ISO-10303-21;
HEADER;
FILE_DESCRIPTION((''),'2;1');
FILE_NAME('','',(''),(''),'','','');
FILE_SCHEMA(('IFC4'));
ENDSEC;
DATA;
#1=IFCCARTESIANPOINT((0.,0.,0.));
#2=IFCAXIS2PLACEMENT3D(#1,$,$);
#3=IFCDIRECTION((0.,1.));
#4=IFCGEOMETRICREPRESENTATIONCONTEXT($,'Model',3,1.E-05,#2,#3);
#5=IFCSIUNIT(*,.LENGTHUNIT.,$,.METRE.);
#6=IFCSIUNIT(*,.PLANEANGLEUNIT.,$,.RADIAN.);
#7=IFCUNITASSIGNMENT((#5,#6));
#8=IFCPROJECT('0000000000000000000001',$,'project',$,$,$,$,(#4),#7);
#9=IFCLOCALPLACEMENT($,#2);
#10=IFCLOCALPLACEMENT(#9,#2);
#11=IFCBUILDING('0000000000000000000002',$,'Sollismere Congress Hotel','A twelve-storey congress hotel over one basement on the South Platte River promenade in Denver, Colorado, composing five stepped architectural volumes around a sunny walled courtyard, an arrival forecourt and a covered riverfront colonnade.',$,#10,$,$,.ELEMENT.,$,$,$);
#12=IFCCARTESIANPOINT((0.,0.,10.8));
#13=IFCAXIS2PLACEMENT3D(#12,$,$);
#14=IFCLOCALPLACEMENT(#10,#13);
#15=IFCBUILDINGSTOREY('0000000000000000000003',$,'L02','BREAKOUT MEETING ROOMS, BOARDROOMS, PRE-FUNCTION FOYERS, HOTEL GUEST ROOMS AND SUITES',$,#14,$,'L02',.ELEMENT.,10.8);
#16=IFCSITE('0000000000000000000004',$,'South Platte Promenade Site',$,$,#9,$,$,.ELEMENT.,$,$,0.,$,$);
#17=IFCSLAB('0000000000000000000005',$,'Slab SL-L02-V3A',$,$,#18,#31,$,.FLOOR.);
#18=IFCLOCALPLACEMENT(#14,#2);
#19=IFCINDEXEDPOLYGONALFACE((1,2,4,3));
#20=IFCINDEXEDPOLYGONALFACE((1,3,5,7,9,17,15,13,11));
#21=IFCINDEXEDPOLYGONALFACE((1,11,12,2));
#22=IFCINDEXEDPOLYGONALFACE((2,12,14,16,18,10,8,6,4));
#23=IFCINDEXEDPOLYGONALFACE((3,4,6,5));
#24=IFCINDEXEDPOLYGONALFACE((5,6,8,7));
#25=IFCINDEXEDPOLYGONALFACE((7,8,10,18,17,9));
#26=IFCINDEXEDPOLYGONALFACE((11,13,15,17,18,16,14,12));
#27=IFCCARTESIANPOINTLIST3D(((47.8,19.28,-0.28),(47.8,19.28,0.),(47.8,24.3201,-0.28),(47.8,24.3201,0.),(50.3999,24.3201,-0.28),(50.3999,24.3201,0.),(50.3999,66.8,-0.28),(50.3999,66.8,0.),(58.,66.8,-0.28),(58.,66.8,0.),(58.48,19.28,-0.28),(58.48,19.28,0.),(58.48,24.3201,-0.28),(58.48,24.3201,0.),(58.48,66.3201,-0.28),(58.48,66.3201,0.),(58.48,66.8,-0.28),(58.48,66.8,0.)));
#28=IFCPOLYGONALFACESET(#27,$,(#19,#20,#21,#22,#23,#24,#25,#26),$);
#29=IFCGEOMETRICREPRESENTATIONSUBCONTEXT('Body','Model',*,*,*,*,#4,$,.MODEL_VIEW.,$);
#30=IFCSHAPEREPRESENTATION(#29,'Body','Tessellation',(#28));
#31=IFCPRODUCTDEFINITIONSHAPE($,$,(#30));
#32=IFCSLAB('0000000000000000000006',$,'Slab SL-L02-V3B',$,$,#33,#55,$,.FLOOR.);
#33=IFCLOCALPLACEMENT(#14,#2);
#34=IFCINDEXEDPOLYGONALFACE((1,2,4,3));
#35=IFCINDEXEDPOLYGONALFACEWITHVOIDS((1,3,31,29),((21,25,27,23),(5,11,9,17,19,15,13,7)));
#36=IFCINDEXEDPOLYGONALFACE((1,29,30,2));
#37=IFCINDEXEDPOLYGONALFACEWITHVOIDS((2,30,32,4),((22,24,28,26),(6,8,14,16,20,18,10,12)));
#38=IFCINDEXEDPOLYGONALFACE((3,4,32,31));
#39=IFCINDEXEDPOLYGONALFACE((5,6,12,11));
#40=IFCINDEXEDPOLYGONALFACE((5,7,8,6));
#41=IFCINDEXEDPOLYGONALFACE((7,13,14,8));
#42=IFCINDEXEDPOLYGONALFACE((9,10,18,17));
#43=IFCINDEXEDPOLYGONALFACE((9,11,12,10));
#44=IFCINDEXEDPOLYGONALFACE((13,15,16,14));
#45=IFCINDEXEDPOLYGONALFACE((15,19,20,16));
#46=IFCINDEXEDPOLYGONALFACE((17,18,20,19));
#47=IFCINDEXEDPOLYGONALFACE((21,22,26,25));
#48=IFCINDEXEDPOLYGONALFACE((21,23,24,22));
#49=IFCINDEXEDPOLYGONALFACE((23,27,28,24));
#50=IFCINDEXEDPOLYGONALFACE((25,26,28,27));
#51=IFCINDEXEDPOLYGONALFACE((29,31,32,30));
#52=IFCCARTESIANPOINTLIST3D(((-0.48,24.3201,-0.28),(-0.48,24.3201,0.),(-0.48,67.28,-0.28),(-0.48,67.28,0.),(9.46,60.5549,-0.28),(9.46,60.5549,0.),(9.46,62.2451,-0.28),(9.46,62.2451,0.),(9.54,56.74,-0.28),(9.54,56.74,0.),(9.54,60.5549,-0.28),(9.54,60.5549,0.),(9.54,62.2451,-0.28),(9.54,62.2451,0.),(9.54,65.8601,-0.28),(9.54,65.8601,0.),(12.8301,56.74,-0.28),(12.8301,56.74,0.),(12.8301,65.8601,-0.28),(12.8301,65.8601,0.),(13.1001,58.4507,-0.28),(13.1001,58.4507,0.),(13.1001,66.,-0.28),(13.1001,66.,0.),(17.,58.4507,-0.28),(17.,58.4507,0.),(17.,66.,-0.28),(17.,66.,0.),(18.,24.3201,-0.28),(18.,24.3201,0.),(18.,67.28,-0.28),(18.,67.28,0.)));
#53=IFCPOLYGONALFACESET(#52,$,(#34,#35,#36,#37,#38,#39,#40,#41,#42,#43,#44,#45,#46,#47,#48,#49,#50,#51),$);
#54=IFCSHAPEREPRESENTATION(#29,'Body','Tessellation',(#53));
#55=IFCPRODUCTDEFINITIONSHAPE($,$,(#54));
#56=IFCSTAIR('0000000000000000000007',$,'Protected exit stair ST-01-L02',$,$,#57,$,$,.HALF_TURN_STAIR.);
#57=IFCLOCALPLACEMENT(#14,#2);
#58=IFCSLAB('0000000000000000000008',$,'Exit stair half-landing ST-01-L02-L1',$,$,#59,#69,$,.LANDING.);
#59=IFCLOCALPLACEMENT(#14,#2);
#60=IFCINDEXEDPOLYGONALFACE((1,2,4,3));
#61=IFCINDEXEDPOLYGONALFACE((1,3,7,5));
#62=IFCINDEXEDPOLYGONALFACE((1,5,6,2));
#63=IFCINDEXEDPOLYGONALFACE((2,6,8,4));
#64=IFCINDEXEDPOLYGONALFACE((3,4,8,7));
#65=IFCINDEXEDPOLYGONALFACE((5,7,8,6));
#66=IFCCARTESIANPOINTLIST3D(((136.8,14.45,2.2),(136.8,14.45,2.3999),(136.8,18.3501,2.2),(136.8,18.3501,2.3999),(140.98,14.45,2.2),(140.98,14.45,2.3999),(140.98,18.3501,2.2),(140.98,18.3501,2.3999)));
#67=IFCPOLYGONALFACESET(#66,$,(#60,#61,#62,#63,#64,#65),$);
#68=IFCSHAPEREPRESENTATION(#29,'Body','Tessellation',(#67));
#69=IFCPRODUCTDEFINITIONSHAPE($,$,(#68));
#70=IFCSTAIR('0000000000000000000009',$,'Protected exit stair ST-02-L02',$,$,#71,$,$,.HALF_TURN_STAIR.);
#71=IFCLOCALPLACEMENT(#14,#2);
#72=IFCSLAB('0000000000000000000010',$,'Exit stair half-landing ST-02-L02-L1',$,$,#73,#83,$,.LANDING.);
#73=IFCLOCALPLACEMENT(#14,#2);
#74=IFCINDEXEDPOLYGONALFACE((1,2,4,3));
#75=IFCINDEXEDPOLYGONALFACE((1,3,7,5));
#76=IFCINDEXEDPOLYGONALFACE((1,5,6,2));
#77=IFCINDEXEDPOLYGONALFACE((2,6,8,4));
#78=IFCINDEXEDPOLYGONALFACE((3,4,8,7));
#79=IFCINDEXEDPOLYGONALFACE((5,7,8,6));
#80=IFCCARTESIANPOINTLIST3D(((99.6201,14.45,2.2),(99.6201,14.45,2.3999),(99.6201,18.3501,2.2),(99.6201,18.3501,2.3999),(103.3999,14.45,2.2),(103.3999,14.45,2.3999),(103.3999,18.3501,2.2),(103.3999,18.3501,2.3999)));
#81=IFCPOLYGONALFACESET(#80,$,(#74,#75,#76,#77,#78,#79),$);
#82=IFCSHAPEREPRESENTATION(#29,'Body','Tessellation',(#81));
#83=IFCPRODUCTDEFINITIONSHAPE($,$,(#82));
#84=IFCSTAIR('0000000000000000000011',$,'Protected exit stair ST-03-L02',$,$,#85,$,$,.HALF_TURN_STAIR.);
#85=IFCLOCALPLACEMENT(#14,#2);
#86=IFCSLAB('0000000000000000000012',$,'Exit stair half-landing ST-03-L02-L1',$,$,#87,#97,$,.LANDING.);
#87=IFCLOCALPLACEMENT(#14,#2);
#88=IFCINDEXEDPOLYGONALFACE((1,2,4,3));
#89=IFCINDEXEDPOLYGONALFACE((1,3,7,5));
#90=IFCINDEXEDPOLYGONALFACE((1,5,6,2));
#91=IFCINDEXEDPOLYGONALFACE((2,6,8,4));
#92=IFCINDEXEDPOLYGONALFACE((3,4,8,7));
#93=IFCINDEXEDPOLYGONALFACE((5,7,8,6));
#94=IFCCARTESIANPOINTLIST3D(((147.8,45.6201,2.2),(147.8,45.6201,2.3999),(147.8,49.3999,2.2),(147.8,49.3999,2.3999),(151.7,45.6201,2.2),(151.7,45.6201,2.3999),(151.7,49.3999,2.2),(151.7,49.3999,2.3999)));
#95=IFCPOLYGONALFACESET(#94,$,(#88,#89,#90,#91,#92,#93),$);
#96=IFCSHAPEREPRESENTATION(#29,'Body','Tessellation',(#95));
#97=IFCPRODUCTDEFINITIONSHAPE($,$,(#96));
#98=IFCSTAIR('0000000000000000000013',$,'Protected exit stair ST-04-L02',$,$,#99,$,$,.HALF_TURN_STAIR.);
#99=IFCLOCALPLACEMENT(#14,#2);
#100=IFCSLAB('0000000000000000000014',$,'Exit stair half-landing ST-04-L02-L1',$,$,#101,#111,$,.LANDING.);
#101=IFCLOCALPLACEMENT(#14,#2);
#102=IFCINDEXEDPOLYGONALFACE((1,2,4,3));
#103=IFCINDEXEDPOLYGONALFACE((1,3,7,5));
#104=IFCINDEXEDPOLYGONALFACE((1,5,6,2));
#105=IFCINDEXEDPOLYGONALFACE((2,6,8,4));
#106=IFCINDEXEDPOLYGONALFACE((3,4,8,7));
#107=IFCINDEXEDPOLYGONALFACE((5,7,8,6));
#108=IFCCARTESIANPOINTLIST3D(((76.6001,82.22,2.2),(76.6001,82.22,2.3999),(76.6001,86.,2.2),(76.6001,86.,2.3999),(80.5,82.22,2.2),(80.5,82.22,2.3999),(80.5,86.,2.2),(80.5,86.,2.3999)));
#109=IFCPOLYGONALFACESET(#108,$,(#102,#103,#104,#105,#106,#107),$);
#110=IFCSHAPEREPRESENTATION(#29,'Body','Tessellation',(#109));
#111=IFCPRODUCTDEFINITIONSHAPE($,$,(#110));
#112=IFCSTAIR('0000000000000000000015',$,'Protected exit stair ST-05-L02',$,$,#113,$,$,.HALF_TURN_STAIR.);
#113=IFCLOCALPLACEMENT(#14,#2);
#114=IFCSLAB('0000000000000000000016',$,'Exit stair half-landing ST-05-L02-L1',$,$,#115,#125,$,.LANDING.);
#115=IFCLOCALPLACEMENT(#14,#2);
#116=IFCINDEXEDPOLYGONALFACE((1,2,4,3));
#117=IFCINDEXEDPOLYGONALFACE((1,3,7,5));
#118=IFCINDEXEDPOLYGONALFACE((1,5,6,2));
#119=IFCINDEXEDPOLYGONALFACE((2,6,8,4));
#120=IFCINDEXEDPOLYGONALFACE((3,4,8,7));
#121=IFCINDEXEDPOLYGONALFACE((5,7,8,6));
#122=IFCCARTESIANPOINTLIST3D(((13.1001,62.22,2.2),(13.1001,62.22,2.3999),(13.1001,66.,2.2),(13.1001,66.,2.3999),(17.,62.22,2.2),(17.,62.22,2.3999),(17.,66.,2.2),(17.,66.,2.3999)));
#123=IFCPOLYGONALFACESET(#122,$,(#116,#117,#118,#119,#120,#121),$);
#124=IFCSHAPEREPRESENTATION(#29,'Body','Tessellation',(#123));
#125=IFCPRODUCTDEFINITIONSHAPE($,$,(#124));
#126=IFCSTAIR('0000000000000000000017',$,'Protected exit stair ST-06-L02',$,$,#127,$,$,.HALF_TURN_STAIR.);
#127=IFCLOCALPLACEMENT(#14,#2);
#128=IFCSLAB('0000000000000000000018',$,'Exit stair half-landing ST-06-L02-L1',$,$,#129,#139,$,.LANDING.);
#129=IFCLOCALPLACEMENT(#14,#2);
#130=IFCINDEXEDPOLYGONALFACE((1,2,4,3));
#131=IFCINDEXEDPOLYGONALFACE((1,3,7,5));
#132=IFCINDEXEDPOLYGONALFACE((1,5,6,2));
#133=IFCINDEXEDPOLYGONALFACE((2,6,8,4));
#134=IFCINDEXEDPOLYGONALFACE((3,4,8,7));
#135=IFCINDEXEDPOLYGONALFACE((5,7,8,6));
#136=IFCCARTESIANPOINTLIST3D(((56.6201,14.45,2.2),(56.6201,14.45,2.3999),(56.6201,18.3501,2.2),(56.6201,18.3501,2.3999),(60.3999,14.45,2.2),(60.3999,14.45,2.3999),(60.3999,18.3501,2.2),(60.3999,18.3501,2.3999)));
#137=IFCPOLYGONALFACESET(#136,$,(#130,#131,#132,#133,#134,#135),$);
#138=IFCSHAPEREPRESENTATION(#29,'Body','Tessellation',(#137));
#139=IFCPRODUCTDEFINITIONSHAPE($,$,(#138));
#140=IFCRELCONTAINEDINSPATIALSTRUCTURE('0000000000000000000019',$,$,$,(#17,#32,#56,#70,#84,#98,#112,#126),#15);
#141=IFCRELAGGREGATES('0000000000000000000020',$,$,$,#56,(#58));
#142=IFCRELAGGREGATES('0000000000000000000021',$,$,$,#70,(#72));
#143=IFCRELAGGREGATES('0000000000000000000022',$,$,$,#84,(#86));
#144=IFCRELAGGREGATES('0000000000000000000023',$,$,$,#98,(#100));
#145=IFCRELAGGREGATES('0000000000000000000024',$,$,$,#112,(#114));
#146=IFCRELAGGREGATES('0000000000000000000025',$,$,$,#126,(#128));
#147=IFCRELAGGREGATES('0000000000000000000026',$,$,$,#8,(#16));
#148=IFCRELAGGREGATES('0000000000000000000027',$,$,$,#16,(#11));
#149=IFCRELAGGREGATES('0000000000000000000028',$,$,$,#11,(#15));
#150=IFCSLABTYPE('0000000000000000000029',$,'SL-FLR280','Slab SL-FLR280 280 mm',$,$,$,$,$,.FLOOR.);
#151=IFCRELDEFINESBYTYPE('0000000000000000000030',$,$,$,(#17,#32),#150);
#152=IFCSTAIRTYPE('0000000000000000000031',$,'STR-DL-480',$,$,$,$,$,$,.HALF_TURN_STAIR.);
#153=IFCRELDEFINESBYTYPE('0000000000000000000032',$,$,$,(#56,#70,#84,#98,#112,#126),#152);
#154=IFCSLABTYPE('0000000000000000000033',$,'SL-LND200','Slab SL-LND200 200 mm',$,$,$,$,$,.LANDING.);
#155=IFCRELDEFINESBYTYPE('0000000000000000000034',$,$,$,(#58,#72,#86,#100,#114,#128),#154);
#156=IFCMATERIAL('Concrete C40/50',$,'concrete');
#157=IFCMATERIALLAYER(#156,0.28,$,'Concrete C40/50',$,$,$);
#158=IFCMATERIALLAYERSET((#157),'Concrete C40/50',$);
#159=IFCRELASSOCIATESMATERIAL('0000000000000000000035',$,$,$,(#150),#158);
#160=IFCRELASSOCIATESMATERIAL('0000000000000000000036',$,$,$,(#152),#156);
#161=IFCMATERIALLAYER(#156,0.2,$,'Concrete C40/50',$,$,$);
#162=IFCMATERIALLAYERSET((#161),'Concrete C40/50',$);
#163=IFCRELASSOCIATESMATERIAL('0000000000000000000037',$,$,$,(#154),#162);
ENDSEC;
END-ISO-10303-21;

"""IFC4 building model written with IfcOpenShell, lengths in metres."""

from ifc_helpers import new_model, si_unit, direction, frame, origin, place, context, subcontext, project, spatial, polyline, outline, extrude, material, layer, layer_set, type_object, element, aggregate, save


model = new_model("IFC4")

# Units and contexts
model_context = context("Model", 3, precision=1e-05, world=origin(), true_north=direction((0.0, 1.0)))
body_context = subcontext(model_context, "Body", "Model", "MODEL_VIEW")
ifc_project = project(units=[si_unit("LENGTHUNIT", "METRE"), si_unit("PLANEANGLEUNIT", "RADIAN")], contexts=[model_context])

# Site, building, storey
site_placement = place(None, origin())
site = spatial("IfcSite", under=ifc_project, at=site_placement, Name="South Platte Promenade Site", CompositionType="ELEMENT", RefElevation=0.0)
building_placement = place(site_placement, origin())
building = spatial("IfcBuilding", under=site, at=building_placement, Name="Sollismere Congress Hotel", Description="A twelve-storey congress hotel over one basement on the South Platte River promenade in Denver, Colorado, composing five stepped architectural volumes around a sunny walled courtyard, an arrival forecourt and a covered riverfront colonnade.", CompositionType="ELEMENT")
storey_placement = place(building_placement, frame((0.0, 0.0, 10.8)))
storey = spatial("IfcBuildingStorey", under=building, at=storey_placement, Name="L02", Description="BREAKOUT MEETING ROOMS, BOARDROOMS, PRE-FUNCTION FOYERS, HOTEL GUEST ROOMS AND SUITES", LongName="L02", CompositionType="ELEMENT", Elevation=10.8)

# Slabs
ifc_material_1 = material(Name="Concrete C40/50", Category="concrete")
ifc_layer_1 = layer(ifc_material_1, 0.28, Name="Concrete C40/50")
ifc_layer_set_1 = layer_set([ifc_layer_1], Name="Concrete C40/50")
slab_type_1 = type_object("IfcSlabType", Name="SL-FLR280", Description="Slab SL-FLR280 280 mm", PredefinedType="FLOOR", material=ifc_layer_set_1)
slab_1_placement = place(storey_placement, frame((0.0, 0.0, -0.28)))
element("IfcSlab", 1, at=slab_1_placement, inside=storey, type_object=slab_type_1, Name="Slab SL-L02-V3A", PredefinedType="FLOOR", context=body_context, shape_type="SweptSolid", body=[
    extrude(outline(polyline([(47.8, 19.28), (58.48, 19.28), (58.48, 24.3201), (58.48, 66.3201), (58.48, 66.8), (58.0, 66.8), (50.3999, 66.8), (50.3999, 24.3201), (47.8, 24.3201), (47.8, 19.28)])), origin(), (0.0, 0.0, 1.0), 0.28),
])
slab_2_placement = place(storey_placement, frame((0.0, 0.0, -0.28)))
element("IfcSlab", 2, at=slab_2_placement, inside=storey, type_object=slab_type_1, Name="Slab SL-L02-V3B", PredefinedType="FLOOR", context=body_context, shape_type="SweptSolid", body=[
    extrude(outline(polyline([(18.0, 24.3201), (18.0, 67.28), (-0.48, 67.28), (-0.48, 24.3201), (18.0, 24.3201)]), holes=[polyline([(9.54, 56.74), (9.54, 60.5549), (9.46, 60.5549), (9.46, 62.2451), (9.54, 62.2451), (9.54, 65.8601), (12.8301, 65.8601), (12.8301, 56.74), (9.54, 56.74)]), polyline([(13.1001, 66.0), (17.0, 66.0), (17.0, 58.4507), (13.1001, 58.4507), (13.1001, 66.0)])]), origin(), (0.0, 0.0, 1.0), 0.28),
])

# Stairs, slabs
stair_type = type_object("IfcStairType", Name="STR-DL-480", PredefinedType="HALF_TURN_STAIR", material=ifc_material_1)
stair_1_placement = place(storey_placement, origin())
stair_1 = element("IfcStair", 3, at=stair_1_placement, inside=storey, type_object=stair_type, Name="Protected exit stair ST-01-L02", PredefinedType="HALF_TURN_STAIR")
ifc_layer_2 = layer(ifc_material_1, 0.2, Name="Concrete C40/50")
ifc_layer_set_2 = layer_set([ifc_layer_2], Name="Concrete C40/50")
slab_type_2 = type_object("IfcSlabType", Name="SL-LND200", Description="Slab SL-LND200 200 mm", PredefinedType="LANDING", material=ifc_layer_set_2)
slab_3_placement = place(storey_placement, frame((0.0, 0.0, 2.2)))
slab_3 = element("IfcSlab", 4, at=slab_3_placement, type_object=slab_type_2, Name="Exit stair half-landing ST-01-L02-L1", PredefinedType="LANDING", context=body_context, shape_type="SweptSolid", body=[
    extrude(outline(polyline([(140.98, 18.3501), (136.8, 18.3501), (136.8, 14.45), (140.98, 14.45), (140.98, 18.3501)])), origin(), (0.0, 0.0, 1.0), 0.2),
])
aggregate(stair_1, [slab_3])
stair_2_placement = place(storey_placement, origin())
stair_2 = element("IfcStair", 5, at=stair_2_placement, inside=storey, type_object=stair_type, Name="Protected exit stair ST-02-L02", PredefinedType="HALF_TURN_STAIR")
slab_4_placement = place(storey_placement, frame((0.0, 0.0, 2.2)))
slab_4 = element("IfcSlab", 6, at=slab_4_placement, type_object=slab_type_2, Name="Exit stair half-landing ST-02-L02-L1", PredefinedType="LANDING", context=body_context, shape_type="SweptSolid", body=[
    extrude(outline(polyline([(99.6201, 14.45), (103.3999, 14.45), (103.3999, 18.3501), (99.6201, 18.3501), (99.6201, 14.45)])), origin(), (0.0, 0.0, 1.0), 0.2),
])
aggregate(stair_2, [slab_4])
stair_3_placement = place(storey_placement, origin())
stair_3 = element("IfcStair", 7, at=stair_3_placement, inside=storey, type_object=stair_type, Name="Protected exit stair ST-03-L02", PredefinedType="HALF_TURN_STAIR")
slab_5_placement = place(storey_placement, frame((0.0, 0.0, 2.2)))
slab_5 = element("IfcSlab", 8, at=slab_5_placement, type_object=slab_type_2, Name="Exit stair half-landing ST-03-L02-L1", PredefinedType="LANDING", context=body_context, shape_type="SweptSolid", body=[
    extrude(outline(polyline([(151.7, 45.6201), (151.7, 49.3999), (147.8, 49.3999), (147.8, 45.6201), (151.7, 45.6201)])), origin(), (0.0, 0.0, 1.0), 0.2),
])
aggregate(stair_3, [slab_5])
stair_4_placement = place(storey_placement, origin())
stair_4 = element("IfcStair", 9, at=stair_4_placement, inside=storey, type_object=stair_type, Name="Protected exit stair ST-04-L02", PredefinedType="HALF_TURN_STAIR")
slab_6_placement = place(storey_placement, frame((0.0, 0.0, 2.2)))
slab_6 = element("IfcSlab", 10, at=slab_6_placement, type_object=slab_type_2, Name="Exit stair half-landing ST-04-L02-L1", PredefinedType="LANDING", context=body_context, shape_type="SweptSolid", body=[
    extrude(outline(polyline([(80.5, 82.22), (80.5, 86.0), (76.6001, 86.0), (76.6001, 82.22), (80.5, 82.22)])), origin(), (0.0, 0.0, 1.0), 0.2),
])
aggregate(stair_4, [slab_6])
stair_5_placement = place(storey_placement, origin())
stair_5 = element("IfcStair", 11, at=stair_5_placement, inside=storey, type_object=stair_type, Name="Protected exit stair ST-05-L02", PredefinedType="HALF_TURN_STAIR")
slab_7_placement = place(storey_placement, frame((0.0, 0.0, 2.2)))
slab_7 = element("IfcSlab", 12, at=slab_7_placement, type_object=slab_type_2, Name="Exit stair half-landing ST-05-L02-L1", PredefinedType="LANDING", context=body_context, shape_type="SweptSolid", body=[
    extrude(outline(polyline([(17.0, 62.22), (17.0, 66.0), (13.1001, 66.0), (13.1001, 62.22), (17.0, 62.22)])), origin(), (0.0, 0.0, 1.0), 0.2),
])
aggregate(stair_5, [slab_7])
stair_6_placement = place(storey_placement, origin())
stair_6 = element("IfcStair", 13, at=stair_6_placement, inside=storey, type_object=stair_type, Name="Protected exit stair ST-06-L02", PredefinedType="HALF_TURN_STAIR")
slab_8_placement = place(storey_placement, frame((0.0, 0.0, 2.2)))
slab_8 = element("IfcSlab", 14, at=slab_8_placement, type_object=slab_type_2, Name="Exit stair half-landing ST-06-L02-L1", PredefinedType="LANDING", context=body_context, shape_type="SweptSolid", body=[
    extrude(outline(polyline([(56.6201, 14.45), (60.3999, 14.45), (60.3999, 18.3501), (56.6201, 18.3501), (56.6201, 14.45)])), origin(), (0.0, 0.0, 1.0), 0.2),
])
aggregate(stair_6, [slab_8])

save(model, "model.ifc")
